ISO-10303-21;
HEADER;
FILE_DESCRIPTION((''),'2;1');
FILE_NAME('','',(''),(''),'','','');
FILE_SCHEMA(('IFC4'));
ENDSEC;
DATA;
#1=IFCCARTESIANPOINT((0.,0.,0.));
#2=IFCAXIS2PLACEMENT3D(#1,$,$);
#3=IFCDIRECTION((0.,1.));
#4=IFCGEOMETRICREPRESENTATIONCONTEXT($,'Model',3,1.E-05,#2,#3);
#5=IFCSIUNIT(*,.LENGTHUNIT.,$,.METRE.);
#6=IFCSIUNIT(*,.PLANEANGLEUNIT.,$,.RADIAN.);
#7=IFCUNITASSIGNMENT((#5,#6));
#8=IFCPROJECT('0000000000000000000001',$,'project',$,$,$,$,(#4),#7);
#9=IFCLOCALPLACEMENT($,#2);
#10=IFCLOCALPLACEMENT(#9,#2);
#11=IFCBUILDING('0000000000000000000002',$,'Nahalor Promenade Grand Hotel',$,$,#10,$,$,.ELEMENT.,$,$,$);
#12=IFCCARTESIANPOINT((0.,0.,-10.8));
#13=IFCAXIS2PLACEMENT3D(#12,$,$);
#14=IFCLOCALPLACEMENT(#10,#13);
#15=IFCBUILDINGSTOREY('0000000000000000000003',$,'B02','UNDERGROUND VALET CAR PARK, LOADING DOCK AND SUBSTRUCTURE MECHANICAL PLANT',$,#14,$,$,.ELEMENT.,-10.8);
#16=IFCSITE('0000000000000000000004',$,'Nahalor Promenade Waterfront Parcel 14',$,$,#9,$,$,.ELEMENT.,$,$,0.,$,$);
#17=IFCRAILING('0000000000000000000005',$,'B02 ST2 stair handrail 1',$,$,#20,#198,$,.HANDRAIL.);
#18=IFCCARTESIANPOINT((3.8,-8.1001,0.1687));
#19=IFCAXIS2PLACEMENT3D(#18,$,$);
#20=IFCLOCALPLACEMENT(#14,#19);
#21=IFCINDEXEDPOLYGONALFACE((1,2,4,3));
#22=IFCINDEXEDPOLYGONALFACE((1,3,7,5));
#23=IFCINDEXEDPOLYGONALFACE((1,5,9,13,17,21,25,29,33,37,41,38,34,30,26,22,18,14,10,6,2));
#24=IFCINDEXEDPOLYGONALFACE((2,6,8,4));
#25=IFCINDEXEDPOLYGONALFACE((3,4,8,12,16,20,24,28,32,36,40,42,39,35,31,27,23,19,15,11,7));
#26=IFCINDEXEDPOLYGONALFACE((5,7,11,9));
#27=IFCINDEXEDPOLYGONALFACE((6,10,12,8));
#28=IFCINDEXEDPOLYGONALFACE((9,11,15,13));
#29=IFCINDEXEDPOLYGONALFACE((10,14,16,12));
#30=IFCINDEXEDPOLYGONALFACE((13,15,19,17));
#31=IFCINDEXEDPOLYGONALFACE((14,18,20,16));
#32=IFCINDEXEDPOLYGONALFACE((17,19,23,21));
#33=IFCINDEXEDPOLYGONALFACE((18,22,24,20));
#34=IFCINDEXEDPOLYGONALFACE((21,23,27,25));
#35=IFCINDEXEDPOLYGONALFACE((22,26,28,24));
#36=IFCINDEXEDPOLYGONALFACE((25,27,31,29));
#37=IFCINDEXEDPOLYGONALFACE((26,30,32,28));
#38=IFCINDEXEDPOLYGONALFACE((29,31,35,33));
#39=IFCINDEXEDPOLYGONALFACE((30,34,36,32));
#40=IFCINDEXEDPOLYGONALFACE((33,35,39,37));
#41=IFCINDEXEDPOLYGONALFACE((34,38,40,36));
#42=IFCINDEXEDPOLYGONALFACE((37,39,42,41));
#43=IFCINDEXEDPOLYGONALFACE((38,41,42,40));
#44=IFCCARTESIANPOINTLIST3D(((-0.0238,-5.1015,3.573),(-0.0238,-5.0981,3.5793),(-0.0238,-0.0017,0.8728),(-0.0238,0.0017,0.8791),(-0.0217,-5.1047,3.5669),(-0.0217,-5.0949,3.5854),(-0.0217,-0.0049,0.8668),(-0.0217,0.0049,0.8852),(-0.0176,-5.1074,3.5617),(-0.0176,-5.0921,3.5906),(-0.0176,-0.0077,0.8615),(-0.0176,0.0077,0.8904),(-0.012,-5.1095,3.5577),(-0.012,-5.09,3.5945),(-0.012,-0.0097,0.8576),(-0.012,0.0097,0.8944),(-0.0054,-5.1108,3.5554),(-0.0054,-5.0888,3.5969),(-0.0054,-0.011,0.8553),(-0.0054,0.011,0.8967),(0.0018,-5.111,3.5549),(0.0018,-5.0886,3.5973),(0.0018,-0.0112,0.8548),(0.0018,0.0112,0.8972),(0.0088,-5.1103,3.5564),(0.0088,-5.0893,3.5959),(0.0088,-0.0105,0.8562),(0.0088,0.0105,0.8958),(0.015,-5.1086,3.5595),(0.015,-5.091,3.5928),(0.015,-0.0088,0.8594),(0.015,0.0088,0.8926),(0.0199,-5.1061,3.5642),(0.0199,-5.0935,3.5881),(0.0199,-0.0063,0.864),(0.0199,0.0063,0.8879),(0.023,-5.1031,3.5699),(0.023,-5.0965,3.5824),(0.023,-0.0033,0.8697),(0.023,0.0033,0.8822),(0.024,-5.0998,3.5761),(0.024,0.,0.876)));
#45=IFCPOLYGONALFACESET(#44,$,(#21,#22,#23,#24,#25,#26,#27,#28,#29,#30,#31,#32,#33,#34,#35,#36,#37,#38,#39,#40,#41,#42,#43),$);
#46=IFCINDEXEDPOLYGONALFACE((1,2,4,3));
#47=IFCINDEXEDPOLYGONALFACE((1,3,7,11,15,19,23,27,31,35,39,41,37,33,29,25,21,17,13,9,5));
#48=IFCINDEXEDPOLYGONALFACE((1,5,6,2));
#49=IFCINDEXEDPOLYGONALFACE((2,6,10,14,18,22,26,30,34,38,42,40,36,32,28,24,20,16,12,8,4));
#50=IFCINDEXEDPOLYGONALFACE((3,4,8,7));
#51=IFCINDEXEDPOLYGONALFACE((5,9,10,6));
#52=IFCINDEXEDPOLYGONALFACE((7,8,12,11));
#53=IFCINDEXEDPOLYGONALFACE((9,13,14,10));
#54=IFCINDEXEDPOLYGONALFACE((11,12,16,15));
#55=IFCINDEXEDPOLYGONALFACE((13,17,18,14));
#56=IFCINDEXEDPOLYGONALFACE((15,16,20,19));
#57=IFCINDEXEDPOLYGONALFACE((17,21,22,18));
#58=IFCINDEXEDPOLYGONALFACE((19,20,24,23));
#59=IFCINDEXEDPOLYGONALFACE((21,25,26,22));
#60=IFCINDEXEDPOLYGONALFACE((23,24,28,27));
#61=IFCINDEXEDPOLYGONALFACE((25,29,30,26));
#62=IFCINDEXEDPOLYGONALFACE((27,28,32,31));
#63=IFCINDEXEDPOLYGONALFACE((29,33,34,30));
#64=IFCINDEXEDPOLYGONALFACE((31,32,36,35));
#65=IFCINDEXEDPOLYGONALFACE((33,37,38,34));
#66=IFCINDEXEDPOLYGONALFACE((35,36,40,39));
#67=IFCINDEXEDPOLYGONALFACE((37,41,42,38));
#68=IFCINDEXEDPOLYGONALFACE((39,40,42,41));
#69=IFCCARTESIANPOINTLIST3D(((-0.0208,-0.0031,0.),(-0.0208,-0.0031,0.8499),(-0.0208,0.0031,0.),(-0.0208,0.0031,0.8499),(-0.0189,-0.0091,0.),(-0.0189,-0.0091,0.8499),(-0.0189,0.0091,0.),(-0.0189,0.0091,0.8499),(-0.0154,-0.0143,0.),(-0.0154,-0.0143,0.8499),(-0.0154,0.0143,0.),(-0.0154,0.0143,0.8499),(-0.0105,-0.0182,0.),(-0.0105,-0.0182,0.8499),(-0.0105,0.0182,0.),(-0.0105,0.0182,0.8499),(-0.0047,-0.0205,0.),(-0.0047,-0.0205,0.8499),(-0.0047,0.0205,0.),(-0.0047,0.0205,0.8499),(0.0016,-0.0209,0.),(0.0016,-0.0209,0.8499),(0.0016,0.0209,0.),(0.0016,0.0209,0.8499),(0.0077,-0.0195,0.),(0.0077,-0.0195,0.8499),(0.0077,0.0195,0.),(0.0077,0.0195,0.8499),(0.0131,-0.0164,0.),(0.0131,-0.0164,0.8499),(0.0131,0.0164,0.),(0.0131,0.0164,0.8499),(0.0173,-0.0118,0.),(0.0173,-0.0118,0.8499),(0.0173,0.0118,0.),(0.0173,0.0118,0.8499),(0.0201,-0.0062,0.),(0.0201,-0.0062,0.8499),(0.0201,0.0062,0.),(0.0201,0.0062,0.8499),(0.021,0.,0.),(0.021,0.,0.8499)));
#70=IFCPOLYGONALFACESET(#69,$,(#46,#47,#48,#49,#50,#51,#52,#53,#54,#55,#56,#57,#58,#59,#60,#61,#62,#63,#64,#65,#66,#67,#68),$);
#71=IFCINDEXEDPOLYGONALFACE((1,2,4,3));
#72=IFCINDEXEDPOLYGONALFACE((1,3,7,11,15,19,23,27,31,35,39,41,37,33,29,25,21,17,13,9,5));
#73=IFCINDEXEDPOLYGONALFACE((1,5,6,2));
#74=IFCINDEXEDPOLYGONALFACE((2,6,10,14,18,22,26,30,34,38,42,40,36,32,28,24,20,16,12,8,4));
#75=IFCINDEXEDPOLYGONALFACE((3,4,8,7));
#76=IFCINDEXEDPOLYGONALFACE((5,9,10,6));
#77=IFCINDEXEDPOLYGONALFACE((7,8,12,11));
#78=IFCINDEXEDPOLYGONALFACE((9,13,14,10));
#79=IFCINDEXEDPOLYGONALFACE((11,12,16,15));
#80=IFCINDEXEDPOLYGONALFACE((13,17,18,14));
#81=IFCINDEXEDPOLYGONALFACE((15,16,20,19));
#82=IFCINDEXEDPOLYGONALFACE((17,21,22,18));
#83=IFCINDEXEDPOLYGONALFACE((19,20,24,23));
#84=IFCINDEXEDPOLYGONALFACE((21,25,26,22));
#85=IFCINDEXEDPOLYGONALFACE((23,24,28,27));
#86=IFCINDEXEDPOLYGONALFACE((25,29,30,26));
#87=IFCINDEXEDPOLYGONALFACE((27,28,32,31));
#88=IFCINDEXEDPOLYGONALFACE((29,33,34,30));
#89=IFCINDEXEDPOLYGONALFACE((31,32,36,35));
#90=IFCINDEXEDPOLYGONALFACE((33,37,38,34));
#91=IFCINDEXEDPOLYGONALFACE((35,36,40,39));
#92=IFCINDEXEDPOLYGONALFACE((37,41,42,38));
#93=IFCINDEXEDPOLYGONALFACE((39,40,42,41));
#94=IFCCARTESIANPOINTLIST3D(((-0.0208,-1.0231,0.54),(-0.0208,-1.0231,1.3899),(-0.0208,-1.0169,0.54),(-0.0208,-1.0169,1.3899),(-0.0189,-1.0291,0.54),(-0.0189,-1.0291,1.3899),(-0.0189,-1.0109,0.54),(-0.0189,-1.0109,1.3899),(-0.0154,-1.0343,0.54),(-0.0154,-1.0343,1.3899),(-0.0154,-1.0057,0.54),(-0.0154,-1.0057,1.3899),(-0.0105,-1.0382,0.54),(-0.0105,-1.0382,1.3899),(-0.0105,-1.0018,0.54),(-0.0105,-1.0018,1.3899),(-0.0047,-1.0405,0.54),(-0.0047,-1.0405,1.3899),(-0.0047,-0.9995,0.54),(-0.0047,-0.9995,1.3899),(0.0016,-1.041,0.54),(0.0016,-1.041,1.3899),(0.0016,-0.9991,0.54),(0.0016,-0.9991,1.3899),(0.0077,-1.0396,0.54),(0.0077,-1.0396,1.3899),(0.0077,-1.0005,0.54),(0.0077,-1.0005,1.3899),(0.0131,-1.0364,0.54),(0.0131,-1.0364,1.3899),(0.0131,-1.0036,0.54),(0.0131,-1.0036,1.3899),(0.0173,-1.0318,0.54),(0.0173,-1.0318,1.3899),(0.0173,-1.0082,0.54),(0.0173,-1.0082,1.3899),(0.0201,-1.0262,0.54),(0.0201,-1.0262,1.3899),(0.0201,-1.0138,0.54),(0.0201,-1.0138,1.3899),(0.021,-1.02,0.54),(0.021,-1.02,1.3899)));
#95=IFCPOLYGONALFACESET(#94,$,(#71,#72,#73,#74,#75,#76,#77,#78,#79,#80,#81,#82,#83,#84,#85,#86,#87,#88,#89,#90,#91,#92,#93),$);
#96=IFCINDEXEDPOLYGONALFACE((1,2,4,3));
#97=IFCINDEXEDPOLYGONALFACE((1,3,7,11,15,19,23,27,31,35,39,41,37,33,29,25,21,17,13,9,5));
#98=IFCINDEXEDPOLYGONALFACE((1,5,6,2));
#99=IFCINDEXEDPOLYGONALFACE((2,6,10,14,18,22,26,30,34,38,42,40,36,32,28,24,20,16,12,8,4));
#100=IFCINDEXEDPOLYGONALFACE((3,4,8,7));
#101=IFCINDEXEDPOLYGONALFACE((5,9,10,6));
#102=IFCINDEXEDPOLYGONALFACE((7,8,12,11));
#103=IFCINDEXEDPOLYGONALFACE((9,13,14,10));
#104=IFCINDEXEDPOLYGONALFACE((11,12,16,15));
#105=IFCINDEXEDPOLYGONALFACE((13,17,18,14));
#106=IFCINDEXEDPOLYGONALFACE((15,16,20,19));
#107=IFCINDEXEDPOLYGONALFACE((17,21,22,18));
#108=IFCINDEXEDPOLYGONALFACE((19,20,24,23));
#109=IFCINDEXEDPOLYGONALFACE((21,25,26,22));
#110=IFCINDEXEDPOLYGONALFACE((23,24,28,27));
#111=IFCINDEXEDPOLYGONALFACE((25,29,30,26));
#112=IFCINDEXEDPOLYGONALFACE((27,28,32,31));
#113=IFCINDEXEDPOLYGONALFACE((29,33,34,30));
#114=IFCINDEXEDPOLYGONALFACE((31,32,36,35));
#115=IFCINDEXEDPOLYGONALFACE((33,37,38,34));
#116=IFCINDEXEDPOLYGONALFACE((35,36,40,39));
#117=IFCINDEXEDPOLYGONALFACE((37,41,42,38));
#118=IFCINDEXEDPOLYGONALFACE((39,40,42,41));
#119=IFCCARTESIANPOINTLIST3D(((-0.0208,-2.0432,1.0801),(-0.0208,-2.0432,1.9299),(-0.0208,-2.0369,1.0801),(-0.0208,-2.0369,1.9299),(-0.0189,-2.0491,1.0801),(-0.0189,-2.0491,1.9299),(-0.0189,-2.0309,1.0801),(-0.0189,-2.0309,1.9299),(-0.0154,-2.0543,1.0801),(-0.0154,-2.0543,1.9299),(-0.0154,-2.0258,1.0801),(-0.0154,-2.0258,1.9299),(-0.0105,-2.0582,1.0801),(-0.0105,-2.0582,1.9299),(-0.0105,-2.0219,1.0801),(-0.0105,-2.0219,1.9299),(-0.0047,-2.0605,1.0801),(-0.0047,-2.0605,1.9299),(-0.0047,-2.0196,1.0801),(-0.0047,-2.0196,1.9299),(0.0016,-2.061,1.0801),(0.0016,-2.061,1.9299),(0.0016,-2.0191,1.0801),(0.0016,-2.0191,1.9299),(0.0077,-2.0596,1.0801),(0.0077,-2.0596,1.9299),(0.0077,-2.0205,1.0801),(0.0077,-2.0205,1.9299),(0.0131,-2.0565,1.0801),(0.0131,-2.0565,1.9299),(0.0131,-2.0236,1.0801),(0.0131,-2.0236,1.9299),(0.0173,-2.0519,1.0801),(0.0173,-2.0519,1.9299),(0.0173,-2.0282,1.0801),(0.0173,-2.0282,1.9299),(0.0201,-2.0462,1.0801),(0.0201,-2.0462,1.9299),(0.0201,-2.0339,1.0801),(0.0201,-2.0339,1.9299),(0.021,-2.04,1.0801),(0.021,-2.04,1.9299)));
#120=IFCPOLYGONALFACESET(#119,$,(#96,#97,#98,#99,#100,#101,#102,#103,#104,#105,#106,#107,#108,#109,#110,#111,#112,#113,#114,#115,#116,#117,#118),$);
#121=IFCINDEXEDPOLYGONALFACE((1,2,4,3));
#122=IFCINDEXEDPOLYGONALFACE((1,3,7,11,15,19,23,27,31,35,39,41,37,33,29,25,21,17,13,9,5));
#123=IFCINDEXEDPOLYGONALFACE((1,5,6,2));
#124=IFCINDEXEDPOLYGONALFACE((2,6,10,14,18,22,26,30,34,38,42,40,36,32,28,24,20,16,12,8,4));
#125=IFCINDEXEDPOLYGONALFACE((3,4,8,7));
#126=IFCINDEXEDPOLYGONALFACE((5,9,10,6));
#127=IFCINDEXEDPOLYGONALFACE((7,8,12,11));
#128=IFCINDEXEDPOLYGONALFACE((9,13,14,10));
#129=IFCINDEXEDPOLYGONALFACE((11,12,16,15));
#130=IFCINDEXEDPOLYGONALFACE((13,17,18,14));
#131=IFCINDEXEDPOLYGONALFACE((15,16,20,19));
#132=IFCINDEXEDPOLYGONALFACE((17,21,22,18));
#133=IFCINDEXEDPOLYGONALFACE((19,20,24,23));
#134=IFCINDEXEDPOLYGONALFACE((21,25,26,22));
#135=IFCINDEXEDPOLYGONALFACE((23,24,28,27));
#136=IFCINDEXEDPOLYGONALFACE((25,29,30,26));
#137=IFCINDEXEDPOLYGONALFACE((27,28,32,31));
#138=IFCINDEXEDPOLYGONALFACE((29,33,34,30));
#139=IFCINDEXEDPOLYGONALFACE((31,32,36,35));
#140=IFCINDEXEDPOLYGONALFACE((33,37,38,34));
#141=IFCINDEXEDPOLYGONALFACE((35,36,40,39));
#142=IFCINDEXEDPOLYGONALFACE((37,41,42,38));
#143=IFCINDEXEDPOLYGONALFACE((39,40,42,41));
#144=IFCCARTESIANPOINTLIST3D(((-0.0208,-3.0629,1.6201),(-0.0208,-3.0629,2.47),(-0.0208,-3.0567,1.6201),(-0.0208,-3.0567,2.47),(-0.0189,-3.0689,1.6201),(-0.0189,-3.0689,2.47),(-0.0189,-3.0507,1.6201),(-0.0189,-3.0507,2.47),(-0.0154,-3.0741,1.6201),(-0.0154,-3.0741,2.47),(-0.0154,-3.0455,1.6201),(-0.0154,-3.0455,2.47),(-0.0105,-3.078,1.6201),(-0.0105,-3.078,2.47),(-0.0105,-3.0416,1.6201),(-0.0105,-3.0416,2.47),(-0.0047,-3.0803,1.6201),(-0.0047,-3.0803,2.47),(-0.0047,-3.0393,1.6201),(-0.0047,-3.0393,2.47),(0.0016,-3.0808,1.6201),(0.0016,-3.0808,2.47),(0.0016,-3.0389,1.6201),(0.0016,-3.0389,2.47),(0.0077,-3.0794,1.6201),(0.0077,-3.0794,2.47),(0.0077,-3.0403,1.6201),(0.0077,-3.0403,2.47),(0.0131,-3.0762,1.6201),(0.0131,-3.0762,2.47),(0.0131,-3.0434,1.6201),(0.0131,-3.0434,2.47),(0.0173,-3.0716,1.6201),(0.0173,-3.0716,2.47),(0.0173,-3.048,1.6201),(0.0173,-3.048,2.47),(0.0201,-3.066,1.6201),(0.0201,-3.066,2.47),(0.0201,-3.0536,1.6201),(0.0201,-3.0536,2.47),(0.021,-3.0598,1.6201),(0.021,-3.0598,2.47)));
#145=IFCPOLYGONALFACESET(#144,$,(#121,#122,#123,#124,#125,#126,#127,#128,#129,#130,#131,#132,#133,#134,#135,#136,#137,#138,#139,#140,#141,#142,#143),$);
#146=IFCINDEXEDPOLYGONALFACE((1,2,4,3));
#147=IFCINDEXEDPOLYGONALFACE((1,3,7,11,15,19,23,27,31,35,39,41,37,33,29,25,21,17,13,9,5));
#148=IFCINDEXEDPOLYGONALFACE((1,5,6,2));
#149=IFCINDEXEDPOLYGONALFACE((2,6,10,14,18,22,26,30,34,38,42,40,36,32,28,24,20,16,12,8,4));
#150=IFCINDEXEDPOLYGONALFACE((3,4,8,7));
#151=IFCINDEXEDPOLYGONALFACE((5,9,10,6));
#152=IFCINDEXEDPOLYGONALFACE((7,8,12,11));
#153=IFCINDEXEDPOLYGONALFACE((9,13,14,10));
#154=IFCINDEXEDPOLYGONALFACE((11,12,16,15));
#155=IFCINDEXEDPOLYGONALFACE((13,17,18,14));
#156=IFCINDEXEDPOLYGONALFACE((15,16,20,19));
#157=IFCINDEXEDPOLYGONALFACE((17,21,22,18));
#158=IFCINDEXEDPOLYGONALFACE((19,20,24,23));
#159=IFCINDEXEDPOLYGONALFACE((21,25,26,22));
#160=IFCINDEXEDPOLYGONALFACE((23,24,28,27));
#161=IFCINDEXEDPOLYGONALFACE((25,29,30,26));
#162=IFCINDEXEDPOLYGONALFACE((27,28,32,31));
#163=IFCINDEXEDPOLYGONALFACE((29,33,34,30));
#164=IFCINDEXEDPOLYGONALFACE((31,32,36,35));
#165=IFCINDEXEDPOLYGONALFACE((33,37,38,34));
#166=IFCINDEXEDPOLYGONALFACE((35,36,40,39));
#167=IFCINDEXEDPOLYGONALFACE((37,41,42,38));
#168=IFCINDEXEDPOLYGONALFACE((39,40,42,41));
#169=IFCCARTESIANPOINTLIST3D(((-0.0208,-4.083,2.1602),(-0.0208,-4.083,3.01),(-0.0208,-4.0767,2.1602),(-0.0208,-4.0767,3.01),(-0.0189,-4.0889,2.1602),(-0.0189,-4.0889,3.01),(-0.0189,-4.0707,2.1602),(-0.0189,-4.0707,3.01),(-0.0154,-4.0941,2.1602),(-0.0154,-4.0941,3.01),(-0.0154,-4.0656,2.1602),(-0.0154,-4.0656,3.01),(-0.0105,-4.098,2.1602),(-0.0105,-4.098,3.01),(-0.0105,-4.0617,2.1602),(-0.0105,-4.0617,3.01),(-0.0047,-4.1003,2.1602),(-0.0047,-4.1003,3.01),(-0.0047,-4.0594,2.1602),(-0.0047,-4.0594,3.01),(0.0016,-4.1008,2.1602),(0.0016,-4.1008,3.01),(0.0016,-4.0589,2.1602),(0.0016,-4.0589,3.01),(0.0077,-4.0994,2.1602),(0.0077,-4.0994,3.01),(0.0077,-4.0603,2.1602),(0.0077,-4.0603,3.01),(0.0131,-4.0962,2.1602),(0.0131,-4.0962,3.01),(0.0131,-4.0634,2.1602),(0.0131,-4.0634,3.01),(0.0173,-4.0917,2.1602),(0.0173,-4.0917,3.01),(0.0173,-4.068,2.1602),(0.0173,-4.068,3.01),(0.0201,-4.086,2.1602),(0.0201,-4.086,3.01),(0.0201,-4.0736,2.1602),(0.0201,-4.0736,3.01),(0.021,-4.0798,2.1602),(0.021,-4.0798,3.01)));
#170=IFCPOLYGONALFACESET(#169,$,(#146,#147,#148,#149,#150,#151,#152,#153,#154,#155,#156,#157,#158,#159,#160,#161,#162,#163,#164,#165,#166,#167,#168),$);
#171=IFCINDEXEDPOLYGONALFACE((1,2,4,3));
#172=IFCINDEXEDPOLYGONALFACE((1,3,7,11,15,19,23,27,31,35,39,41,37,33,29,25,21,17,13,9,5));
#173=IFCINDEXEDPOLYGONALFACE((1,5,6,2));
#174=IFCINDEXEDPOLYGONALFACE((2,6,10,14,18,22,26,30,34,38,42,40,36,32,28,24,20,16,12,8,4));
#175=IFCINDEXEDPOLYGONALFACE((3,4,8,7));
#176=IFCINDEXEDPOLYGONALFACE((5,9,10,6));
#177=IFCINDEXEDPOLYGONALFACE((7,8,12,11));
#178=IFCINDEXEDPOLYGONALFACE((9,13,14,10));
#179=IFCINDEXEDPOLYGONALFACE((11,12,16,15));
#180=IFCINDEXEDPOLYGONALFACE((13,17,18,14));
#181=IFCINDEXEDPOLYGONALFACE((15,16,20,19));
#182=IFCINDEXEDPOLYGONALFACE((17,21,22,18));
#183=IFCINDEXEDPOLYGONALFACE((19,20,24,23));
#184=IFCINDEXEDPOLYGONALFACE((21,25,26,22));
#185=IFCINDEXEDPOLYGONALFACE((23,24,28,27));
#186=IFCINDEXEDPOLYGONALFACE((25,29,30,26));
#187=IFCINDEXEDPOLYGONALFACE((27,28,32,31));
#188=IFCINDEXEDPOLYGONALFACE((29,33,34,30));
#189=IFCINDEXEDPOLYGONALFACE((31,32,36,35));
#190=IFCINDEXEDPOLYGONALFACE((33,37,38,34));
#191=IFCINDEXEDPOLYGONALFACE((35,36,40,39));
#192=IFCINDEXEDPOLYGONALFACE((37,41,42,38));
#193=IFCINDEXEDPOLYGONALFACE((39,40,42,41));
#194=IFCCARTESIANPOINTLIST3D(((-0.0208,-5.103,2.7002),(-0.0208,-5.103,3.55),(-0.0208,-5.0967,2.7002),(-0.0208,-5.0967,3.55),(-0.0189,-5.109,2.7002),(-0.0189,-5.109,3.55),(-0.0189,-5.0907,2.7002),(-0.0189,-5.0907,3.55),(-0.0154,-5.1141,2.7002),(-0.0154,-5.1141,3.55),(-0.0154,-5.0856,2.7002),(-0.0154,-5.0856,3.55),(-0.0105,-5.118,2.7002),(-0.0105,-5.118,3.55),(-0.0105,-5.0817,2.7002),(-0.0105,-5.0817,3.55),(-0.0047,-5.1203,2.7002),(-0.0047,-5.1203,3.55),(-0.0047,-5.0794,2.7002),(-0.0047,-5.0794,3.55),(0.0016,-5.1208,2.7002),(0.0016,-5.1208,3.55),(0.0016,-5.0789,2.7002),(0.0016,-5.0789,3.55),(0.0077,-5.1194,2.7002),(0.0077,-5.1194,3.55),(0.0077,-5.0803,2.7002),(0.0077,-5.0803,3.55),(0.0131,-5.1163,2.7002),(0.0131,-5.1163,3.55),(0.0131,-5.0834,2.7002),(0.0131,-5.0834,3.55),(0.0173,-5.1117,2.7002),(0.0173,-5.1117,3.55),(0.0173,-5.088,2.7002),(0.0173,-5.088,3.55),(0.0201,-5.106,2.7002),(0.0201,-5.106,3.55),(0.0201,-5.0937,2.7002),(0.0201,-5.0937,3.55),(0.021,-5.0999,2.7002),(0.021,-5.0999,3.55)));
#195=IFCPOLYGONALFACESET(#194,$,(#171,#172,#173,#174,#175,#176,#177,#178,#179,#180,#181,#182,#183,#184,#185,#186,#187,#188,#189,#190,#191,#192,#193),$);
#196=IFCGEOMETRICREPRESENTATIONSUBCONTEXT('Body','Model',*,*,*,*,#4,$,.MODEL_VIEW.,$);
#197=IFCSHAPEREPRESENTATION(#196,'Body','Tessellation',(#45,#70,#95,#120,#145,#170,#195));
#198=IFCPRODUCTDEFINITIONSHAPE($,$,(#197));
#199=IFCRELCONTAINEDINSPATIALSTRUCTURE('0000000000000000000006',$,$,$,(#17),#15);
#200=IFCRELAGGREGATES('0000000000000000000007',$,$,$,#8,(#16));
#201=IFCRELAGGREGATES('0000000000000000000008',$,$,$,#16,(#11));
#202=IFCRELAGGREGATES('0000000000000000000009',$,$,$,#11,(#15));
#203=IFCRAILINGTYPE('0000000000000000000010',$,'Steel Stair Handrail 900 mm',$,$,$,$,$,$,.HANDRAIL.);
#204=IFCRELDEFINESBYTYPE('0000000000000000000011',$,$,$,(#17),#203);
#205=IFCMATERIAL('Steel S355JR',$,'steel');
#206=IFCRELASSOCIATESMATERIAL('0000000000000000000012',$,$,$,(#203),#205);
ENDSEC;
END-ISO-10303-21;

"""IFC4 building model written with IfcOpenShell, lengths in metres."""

from ifc_helpers import new_model, si_unit, direction, frame, origin, origin_2d, place, context, subcontext, project, spatial, circle, extrude, material, type_object, element, save


model = new_model("IFC4")

# Units and contexts
model_context = context("Model", 3, precision=1e-05, world=origin(), true_north=direction((0.0, 1.0)))
body_context = subcontext(model_context, "Body", "Model", "MODEL_VIEW")
ifc_project = project(units=[si_unit("LENGTHUNIT", "METRE"), si_unit("PLANEANGLEUNIT", "RADIAN")], contexts=[model_context])

# Site, building, storey
site_placement = place(None, origin())
site = spatial("IfcSite", under=ifc_project, at=site_placement, Name="Nahalor Promenade Waterfront Parcel 14", CompositionType="ELEMENT", RefElevation=0.0)
building_placement = place(site_placement, origin())
building = spatial("IfcBuilding", under=site, at=building_placement, Name="Nahalor Promenade Grand Hotel", CompositionType="ELEMENT")
storey_placement = place(building_placement, frame((0.0, 0.0, -10.8)))
storey = spatial("IfcBuildingStorey", under=building, at=storey_placement, Name="B02", Description="UNDERGROUND VALET CAR PARK, LOADING DOCK AND SUBSTRUCTURE MECHANICAL PLANT", CompositionType="ELEMENT", Elevation=-10.8)

# Shared definitions
ifc_material_1 = material(Name="Steel S355JR", Category="steel")

# Railing
railing_type_1 = type_object("IfcRailingType", Name="Steel Stair Handrail 900 mm", PredefinedType="HANDRAIL", material=ifc_material_1)
railing_1_placement = place(storey_placement, frame((3.8, -8.1001, 0.1687)))
element("IfcRailing", 1, at=railing_1_placement, inside=storey, type_object=railing_type_1, Name="B02 ST2 stair handrail 1", PredefinedType="HANDRAIL", context=body_context, shape_type="SweptSolid", body=[
    extrude(circle(Radius=0.024, at=origin_2d()), frame((0.0, 0.0, 0.876), z_axis=(0.0, -0.883768, 0.467925), x_axis=(1.0, 0.0, 0.0)), (0.0, 0.0, 1.0), 5.7705),
    extrude(circle(Radius=0.021, at=origin_2d()), origin(), (0.0, 0.0, 1.0), 0.8499),
    extrude(circle(Radius=0.021, at=origin_2d()), frame((0.0, -1.02, 0.54)), (0.0, 0.0, 1.0), 0.8499),
    extrude(circle(Radius=0.021, at=origin_2d()), frame((0.0, -2.04, 1.0801)), (0.0, 0.0, 1.0), 0.8499),
    extrude(circle(Radius=0.021, at=origin_2d()), frame((0.0, -3.0598, 1.6201)), (0.0, 0.0, 1.0), 0.8499),
    extrude(circle(Radius=0.021, at=origin_2d()), frame((0.0, -4.0798, 2.1602)), (0.0, 0.0, 1.0), 0.8499),
    extrude(circle(Radius=0.021, at=origin_2d()), frame((0.0, -5.0999, 2.7002)), (0.0, 0.0, 1.0), 0.8499),
])

save(model, "model.ifc")
